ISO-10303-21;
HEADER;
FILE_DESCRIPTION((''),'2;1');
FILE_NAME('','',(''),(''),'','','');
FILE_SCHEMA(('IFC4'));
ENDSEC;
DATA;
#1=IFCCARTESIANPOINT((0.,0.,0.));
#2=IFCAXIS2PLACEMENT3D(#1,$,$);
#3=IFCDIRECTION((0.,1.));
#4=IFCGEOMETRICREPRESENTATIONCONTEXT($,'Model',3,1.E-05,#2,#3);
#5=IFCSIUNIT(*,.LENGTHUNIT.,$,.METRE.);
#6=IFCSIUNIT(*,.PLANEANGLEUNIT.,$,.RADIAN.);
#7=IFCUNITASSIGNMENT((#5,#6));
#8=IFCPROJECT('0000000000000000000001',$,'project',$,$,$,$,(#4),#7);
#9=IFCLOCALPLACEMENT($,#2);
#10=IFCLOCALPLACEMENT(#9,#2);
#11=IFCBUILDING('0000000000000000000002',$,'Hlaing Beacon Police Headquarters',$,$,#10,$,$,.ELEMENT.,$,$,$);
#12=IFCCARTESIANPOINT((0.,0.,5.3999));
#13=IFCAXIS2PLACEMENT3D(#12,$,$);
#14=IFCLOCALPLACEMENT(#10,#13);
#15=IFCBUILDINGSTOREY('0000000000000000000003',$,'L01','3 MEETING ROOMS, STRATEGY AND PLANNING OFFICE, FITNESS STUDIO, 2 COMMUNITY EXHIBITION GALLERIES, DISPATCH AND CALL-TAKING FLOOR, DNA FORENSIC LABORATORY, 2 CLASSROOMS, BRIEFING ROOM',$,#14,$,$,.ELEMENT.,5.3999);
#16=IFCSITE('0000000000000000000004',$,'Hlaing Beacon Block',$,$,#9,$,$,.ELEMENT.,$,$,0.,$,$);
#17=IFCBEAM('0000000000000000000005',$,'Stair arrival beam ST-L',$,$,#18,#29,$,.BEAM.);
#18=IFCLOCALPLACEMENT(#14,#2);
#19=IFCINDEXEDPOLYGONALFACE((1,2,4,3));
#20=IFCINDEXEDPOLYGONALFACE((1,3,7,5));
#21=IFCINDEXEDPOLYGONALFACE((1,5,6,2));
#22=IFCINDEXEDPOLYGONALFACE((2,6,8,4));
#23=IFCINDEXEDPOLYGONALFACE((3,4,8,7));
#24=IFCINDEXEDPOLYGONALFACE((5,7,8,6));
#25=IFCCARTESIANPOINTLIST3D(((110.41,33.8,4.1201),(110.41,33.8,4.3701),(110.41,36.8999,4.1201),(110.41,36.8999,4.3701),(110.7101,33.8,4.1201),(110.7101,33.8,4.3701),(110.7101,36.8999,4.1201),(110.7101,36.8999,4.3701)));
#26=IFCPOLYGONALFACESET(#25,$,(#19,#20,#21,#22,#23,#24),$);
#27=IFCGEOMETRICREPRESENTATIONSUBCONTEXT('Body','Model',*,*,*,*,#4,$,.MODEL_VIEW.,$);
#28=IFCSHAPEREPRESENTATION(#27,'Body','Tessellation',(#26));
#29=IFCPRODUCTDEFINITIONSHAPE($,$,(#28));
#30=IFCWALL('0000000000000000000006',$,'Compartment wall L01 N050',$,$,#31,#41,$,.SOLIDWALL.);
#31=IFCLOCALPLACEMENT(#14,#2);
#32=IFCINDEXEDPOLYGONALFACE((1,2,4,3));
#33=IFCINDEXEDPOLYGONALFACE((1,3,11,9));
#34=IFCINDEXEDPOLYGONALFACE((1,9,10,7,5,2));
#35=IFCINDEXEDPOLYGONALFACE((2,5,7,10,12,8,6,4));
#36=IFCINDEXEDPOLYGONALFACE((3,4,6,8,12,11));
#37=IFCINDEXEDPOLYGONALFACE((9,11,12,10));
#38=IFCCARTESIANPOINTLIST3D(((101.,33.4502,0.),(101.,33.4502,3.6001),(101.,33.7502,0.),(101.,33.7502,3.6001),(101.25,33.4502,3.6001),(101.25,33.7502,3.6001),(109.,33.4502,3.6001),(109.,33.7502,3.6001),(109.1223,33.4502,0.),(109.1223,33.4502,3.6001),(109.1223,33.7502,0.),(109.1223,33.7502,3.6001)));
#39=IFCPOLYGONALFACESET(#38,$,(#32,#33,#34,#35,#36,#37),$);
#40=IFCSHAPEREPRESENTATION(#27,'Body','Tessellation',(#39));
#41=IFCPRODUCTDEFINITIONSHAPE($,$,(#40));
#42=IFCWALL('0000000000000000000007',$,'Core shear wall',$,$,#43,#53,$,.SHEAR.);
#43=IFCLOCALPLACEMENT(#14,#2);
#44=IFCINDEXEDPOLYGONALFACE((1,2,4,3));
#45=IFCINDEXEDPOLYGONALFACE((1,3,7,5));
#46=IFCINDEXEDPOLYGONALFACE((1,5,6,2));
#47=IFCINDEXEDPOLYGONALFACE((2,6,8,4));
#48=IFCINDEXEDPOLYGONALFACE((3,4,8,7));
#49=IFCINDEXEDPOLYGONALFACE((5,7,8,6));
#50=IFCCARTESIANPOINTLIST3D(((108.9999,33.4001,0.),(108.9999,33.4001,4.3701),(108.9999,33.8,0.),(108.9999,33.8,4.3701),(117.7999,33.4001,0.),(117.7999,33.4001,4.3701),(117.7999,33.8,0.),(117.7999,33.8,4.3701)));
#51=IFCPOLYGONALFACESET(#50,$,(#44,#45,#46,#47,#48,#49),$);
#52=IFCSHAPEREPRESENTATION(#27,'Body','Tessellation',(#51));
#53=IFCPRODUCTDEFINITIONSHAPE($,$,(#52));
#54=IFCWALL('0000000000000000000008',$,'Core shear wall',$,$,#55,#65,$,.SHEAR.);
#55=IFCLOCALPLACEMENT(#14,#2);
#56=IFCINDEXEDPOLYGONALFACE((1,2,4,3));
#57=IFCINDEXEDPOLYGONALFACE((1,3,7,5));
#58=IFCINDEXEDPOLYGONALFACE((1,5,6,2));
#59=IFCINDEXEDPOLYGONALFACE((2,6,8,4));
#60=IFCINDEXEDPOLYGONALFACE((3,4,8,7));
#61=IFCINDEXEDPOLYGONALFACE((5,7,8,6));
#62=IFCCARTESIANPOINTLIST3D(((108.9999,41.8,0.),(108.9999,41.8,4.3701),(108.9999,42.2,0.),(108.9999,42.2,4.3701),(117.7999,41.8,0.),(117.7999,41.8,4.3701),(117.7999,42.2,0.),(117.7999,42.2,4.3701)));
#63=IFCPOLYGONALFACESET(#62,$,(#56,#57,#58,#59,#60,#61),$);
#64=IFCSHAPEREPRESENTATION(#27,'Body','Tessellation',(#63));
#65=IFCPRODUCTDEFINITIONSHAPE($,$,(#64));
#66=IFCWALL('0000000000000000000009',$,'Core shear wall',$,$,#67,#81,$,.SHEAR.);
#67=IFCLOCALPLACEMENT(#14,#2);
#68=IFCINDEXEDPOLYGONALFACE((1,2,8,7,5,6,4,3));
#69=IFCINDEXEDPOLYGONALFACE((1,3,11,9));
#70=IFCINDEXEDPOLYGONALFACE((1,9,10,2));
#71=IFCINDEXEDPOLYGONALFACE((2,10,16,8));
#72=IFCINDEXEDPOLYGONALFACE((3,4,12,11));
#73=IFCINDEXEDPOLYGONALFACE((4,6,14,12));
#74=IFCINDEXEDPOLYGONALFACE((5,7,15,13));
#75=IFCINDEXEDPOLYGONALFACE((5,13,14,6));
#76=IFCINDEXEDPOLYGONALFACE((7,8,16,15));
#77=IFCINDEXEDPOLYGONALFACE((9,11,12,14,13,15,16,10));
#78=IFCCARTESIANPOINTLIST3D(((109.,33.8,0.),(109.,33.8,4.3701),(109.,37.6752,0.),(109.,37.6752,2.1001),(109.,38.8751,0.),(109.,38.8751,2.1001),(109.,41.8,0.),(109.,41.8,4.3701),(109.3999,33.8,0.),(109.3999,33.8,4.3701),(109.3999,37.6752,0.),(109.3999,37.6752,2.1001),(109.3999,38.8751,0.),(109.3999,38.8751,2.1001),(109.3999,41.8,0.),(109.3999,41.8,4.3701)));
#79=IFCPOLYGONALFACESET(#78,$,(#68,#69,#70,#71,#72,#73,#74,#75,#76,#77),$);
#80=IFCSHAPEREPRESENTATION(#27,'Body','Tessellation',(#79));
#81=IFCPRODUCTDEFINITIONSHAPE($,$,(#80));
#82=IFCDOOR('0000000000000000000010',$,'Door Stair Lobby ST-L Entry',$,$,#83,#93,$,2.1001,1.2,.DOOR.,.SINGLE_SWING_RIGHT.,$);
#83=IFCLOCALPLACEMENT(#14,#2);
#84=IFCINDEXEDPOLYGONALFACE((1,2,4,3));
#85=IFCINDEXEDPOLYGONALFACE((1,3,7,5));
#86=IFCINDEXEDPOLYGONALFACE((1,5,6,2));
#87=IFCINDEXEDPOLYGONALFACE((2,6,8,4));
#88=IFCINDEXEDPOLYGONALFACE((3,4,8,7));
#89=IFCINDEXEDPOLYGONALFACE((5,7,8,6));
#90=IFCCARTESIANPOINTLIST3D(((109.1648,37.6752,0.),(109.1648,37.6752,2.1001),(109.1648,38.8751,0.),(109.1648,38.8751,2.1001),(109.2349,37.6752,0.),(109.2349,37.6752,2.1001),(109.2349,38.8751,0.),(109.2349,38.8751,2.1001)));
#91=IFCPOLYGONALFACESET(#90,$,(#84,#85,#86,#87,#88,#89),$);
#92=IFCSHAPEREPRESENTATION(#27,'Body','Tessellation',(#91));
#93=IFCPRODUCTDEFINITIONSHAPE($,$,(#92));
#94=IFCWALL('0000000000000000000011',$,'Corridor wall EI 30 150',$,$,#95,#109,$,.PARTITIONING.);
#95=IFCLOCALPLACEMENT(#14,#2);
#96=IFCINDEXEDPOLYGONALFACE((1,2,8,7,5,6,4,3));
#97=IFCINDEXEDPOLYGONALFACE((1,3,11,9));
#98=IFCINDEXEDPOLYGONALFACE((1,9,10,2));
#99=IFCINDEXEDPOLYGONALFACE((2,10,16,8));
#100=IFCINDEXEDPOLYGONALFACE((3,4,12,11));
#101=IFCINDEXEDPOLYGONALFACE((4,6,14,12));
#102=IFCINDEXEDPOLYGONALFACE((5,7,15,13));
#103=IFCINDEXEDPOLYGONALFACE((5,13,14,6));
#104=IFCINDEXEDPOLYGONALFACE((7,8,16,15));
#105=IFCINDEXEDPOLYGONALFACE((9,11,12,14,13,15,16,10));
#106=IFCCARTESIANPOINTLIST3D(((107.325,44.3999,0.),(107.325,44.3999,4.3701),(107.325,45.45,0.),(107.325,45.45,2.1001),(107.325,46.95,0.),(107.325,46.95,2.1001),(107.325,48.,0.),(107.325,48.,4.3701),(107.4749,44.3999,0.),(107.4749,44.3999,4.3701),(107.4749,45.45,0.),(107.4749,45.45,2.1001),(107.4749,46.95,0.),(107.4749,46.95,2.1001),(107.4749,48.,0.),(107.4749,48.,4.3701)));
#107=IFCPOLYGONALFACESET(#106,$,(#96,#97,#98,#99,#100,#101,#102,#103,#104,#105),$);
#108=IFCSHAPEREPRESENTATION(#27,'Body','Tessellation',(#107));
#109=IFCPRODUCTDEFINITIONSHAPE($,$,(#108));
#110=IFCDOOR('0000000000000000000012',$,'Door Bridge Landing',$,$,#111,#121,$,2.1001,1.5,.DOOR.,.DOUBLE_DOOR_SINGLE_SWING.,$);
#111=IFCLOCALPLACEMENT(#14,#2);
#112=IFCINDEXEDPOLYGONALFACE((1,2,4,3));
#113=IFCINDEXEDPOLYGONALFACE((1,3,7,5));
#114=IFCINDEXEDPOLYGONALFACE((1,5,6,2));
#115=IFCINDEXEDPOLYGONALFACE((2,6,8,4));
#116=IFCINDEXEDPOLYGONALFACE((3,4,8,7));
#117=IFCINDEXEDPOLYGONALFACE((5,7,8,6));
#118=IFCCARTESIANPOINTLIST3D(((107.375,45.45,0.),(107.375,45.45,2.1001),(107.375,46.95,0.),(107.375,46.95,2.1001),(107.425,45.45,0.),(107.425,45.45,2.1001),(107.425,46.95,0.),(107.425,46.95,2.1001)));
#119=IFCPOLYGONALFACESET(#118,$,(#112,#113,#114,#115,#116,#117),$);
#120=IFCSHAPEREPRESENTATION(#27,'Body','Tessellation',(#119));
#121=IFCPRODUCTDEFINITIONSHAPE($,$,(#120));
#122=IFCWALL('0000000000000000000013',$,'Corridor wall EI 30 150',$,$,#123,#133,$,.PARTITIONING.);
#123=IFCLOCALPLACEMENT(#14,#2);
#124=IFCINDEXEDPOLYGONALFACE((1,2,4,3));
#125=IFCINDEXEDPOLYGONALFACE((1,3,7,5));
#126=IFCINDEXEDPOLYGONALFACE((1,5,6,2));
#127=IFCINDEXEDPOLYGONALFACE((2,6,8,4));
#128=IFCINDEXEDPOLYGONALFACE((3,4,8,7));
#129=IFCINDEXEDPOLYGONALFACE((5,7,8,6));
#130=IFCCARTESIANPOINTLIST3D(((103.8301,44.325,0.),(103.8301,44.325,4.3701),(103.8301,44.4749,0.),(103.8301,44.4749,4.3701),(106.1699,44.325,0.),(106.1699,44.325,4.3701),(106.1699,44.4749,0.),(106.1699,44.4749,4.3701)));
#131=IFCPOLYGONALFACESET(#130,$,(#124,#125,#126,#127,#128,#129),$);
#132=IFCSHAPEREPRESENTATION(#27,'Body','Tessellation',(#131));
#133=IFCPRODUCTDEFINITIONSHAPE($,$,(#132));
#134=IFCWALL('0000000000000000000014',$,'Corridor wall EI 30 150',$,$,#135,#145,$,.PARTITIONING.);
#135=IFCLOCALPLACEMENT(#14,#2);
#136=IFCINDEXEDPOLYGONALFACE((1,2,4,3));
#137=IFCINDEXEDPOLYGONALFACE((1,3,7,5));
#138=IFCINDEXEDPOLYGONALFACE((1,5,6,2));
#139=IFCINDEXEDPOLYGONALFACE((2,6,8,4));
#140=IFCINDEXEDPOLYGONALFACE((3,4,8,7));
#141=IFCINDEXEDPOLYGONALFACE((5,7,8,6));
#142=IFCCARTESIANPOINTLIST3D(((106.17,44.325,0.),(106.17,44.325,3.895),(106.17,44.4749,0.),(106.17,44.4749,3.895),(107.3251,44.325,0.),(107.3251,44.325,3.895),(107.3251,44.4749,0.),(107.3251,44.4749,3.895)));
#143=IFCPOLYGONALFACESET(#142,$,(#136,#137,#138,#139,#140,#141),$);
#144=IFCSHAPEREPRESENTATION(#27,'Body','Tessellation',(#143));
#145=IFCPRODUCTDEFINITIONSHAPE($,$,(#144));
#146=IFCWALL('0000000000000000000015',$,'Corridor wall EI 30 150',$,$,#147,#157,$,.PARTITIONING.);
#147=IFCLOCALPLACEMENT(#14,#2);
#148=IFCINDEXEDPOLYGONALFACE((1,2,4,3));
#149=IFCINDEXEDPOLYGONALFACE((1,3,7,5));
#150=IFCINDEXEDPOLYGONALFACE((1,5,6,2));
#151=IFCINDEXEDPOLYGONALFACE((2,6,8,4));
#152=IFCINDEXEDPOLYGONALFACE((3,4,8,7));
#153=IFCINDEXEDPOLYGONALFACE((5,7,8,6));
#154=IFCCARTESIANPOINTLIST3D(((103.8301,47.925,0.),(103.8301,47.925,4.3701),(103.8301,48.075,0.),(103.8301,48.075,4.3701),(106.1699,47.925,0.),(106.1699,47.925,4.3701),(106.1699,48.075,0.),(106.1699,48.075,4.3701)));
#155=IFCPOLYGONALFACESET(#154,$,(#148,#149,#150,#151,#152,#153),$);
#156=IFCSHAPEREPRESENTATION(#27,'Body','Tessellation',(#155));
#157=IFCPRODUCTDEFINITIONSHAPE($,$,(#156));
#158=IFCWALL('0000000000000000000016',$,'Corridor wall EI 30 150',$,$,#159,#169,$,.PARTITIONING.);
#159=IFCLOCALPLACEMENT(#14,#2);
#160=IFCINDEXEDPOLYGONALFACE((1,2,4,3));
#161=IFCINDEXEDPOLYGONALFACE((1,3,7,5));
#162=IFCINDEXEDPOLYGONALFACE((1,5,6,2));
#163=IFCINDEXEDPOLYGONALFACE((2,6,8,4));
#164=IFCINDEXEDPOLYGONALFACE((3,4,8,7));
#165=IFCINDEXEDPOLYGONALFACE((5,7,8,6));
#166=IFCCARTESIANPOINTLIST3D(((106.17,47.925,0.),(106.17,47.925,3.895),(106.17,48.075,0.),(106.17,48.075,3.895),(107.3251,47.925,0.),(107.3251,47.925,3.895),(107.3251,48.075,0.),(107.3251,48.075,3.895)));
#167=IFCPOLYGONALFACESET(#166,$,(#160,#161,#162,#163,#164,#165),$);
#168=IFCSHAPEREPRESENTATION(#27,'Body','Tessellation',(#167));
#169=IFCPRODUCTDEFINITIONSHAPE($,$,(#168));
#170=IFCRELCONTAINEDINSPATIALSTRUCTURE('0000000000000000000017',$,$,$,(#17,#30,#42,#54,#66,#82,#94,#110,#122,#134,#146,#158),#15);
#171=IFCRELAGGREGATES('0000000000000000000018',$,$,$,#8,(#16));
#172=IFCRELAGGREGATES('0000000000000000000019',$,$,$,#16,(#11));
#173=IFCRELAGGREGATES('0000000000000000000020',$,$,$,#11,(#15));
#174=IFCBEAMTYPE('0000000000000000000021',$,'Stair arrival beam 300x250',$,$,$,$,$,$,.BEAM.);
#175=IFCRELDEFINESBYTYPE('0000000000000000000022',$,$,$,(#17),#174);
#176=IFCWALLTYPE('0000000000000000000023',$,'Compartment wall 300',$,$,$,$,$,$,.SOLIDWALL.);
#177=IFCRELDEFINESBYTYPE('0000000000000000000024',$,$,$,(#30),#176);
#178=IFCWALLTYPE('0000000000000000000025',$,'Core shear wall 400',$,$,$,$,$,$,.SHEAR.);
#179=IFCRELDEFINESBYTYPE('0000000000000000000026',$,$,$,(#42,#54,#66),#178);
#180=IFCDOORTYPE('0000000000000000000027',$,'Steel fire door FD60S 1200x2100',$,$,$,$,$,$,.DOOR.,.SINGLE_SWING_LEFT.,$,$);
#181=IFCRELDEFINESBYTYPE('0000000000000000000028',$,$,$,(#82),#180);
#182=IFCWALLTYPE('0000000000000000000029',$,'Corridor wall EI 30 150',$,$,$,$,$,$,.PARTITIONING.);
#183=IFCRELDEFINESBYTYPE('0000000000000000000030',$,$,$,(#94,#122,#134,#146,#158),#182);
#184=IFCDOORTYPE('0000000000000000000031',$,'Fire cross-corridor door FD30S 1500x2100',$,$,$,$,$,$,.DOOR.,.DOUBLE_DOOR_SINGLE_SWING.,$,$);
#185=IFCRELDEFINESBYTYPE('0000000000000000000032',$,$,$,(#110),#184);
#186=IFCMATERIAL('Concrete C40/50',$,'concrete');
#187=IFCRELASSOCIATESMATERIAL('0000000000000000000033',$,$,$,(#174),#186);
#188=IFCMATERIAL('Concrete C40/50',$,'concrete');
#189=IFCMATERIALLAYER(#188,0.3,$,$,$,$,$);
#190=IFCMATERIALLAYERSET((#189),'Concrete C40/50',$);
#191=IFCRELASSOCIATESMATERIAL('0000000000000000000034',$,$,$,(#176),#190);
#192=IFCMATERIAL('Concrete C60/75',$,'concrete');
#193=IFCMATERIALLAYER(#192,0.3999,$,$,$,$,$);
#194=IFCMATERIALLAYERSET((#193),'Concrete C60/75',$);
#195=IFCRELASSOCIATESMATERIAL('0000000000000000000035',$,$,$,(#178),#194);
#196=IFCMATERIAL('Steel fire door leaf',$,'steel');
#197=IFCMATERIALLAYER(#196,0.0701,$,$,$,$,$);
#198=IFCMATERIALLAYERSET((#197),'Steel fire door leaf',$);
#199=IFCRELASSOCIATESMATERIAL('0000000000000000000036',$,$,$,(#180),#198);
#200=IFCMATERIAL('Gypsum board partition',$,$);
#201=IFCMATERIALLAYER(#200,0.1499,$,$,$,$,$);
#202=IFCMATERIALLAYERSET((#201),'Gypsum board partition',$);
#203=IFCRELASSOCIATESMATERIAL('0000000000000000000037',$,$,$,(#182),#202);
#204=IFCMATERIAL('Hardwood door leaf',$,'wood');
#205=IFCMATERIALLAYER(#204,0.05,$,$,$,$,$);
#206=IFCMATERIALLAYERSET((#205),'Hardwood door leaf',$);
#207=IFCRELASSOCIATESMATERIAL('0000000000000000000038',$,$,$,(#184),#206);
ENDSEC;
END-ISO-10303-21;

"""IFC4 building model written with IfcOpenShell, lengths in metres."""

from ifc_helpers import new_model, si_unit, direction, frame, frame_2d, origin, origin_2d, place, context, subcontext, project, spatial, polyline, rectangle, outline, extrude, material, layer, layer_set, material_profile, profile_set, type_object, element, fill, save


model = new_model("IFC4")

# Units and contexts
model_context = context("Model", 3, precision=1e-05, world=origin(), true_north=direction((0.0, 1.0)))
body_context = subcontext(model_context, "Body", "Model", "MODEL_VIEW")
ifc_project = project(units=[si_unit("LENGTHUNIT", "METRE"), si_unit("PLANEANGLEUNIT", "RADIAN")], contexts=[model_context])

# Site, building, storey
site_placement = place(None, origin())
site = spatial("IfcSite", under=ifc_project, at=site_placement, Name="Hlaing Beacon Block", CompositionType="ELEMENT", RefElevation=0.0)
building_placement = place(site_placement, origin())
building = spatial("IfcBuilding", under=site, at=building_placement, Name="Hlaing Beacon Police Headquarters", CompositionType="ELEMENT")
storey_placement = place(building_placement, frame((0.0, 0.0, 5.3999)))
storey = spatial("IfcBuildingStorey", under=building, at=storey_placement, Name="L01", Description="3 MEETING ROOMS, STRATEGY AND PLANNING OFFICE, FITNESS STUDIO, 2 COMMUNITY EXHIBITION GALLERIES, DISPATCH AND CALL-TAKING FLOOR, DNA FORENSIC LABORATORY, 2 CLASSROOMS, BRIEFING ROOM", CompositionType="ELEMENT", Elevation=5.3999)

# Beam
ifc_material_1 = material(Name="Concrete C40/50", Category="concrete")
ifc_material_profile = material_profile(ifc_material_1, rectangle(XDim=0.3, YDim=0.25, at=origin_2d()), Name="Stair arrival beam 300x250")
ifc_profile_set = profile_set([ifc_material_profile], Name="Concrete C40/50")
beam_type = type_object("IfcBeamType", Name="Stair arrival beam 300x250", PredefinedType="BEAM", material=ifc_profile_set)
beam_placement = place(storey_placement, frame((110.5601, 33.8, 4.2451), z_axis=(0.0, 1.0, 0.0), x_axis=(-1.0, 0.0, 0.0)))
element("IfcBeam", 1, at=beam_placement, inside=storey, type_object=beam_type, Name="Stair arrival beam ST-L", PredefinedType="BEAM", context=body_context, shape_type="SweptSolid", body=[
    extrude(rectangle(XDim=0.3, YDim=0.25, at=origin_2d()), origin(), (0.0, 0.0, 1.0), 3.0999),
])

# Walls
ifc_material_2 = material(Name="Concrete C40/50", Category="concrete")
ifc_layer_1 = layer(ifc_material_2, 0.3)
ifc_layer_set_1 = layer_set([ifc_layer_1], Name="Concrete C40/50")
wall_type_1 = type_object("IfcWallType", Name="Compartment wall 300", PredefinedType="SOLIDWALL", material=ifc_layer_set_1)
wall_1_placement = place(storey_placement, frame((109.1223, 33.6001, 0.0), z_axis=(0.0, 0.0, 1.0), x_axis=(-1.0, 0.0, 0.0)))
element("IfcWall", 2, at=wall_1_placement, inside=storey, type_object=wall_type_1, Name="Compartment wall L01 N050", PredefinedType="SOLIDWALL", context=body_context, shape_type="SweptSolid", body=[
    extrude(outline(polyline([(0.0, 0.0), (8.1223, 0.0), (8.1223, 3.6001), (7.8723, 3.6001), (0.1223, 3.6001), (0.0, 3.6001), (0.0, 0.0)])), frame((0.0, 0.1499, 0.0), z_axis=(0.0, -1.0, 0.0), x_axis=(1.0, 0.0, 0.0)), (0.0, 0.0, 1.0), 0.3),
])
ifc_material_3 = material(Name="Concrete C60/75", Category="concrete")
ifc_layer_2 = layer(ifc_material_3, 0.3999)
ifc_layer_set_2 = layer_set([ifc_layer_2], Name="Concrete C60/75")
wall_type_2 = type_object("IfcWallType", Name="Core shear wall 400", PredefinedType="SHEAR", material=ifc_layer_set_2)
for number, where, z_axis, x_axis, name in (
    (3, (109.0, 33.6001, 0.0), (0.0, 0.0, 1.0), (1.0, 0.0, 0.0), "Core shear wall"),
    (4, (109.0, 42.0, 0.0), (0.0, 0.0, 1.0), (1.0, 0.0, 0.0), "Core shear wall"),
):
    element("IfcWall", number, at=place(storey_placement, frame(where, z_axis=z_axis, x_axis=x_axis)), inside=storey, type_object=wall_type_2, Name=name, PredefinedType="SHEAR", context=body_context, shape_type="SweptSolid", body=[
        extrude(rectangle(XDim=8.8, YDim=0.3999, at=frame_2d((4.3999, 0.0))), origin(), (0.0, 0.0, 1.0), 4.3701),
    ])

# Walls, openings, doors
wall_2_placement = place(storey_placement, frame((109.2, 33.8, 0.0), z_axis=(0.0, 0.0, 1.0), x_axis=(0.0, 1.0, 0.0)))
wall_2 = element("IfcWall", 5, at=wall_2_placement, inside=storey, type_object=wall_type_2, Name="Core shear wall", PredefinedType="SHEAR", context=body_context, shape_type="SweptSolid", body=[
    extrude(rectangle(XDim=8.0, YDim=0.3999, at=frame_2d((4.0, 0.0))), origin(), (0.0, 0.0, 1.0), 4.3701),
])
opening_1_placement = place(wall_2_placement, frame((3.875, 0.0, 0.0)))
opening_1 = element("IfcOpeningElement", 6, at=opening_1_placement, cuts=wall_2, PredefinedType="OPENING", context=body_context, shape_type="SweptSolid", body=[
    extrude(rectangle(XDim=1.2, YDim=2.1001, at=frame_2d((0.6001, 1.05))), frame((0.0, 0.21, 0.0), z_axis=(0.0, -1.0, 0.0), x_axis=(1.0, 0.0, 0.0)), (0.0, 0.0, 1.0), 0.4199),
])
ifc_material_4 = material(Name="Steel fire door leaf", Category="steel")
ifc_layer_3 = layer(ifc_material_4, 0.0701)
ifc_layer_set_3 = layer_set([ifc_layer_3], Name="Steel fire door leaf")
door_type_1 = type_object("IfcDoorType", Name="Steel fire door FD60S 1200x2100", OperationType="SINGLE_SWING_LEFT", PredefinedType="DOOR", material=ifc_layer_set_3)
door_1_placement = place(opening_1_placement, frame((1.2, 0.0, 0.0), z_axis=(0.0, 0.0, 1.0), x_axis=(-1.0, 0.0, 0.0)))
door_1 = element("IfcDoor", 7, at=door_1_placement, inside=storey, type_object=door_type_1, Name="Door Stair Lobby ST-L Entry", OperationType="SINGLE_SWING_RIGHT", OverallHeight=2.1001, OverallWidth=1.2, PredefinedType="DOOR", context=body_context, shape_type="SweptSolid", body=[
    extrude(rectangle(XDim=1.2, YDim=2.1001, at=frame_2d((0.5999, 1.05))), frame((0.0, 0.0349, 0.0), z_axis=(0.0, -1.0, 0.0), x_axis=(1.0, 0.0, 0.0)), (0.0, 0.0, 1.0), 0.0701),
])
fill(opening_1, door_1)
ifc_material_5 = material(Name="Gypsum board partition")
ifc_layer_4 = layer(ifc_material_5, 0.1499)
ifc_layer_set_4 = layer_set([ifc_layer_4], Name="Gypsum board partition")
wall_type_3 = type_object("IfcWallType", Name="Corridor wall EI 30 150", PredefinedType="PARTITIONING", material=ifc_layer_set_4)
wall_3_placement = place(storey_placement, frame((107.3999, 44.3999, 0.0), z_axis=(0.0, 0.0, 1.0), x_axis=(0.0, 1.0, 0.0)))
wall_3 = element("IfcWall", 8, at=wall_3_placement, inside=storey, type_object=wall_type_3, Name="Corridor wall EI 30 150", PredefinedType="PARTITIONING", context=body_context, shape_type="SweptSolid", body=[
    extrude(rectangle(XDim=3.6001, YDim=0.1499, at=frame_2d((1.8, 0.0))), origin(), (0.0, 0.0, 1.0), 4.3701),
])
opening_2_placement = place(wall_3_placement, frame((1.05, 0.0, 0.0)))
opening_2 = element("IfcOpeningElement", 9, at=opening_2_placement, cuts=wall_3, PredefinedType="OPENING", context=body_context, shape_type="SweptSolid", body=[
    extrude(rectangle(XDim=1.5, YDim=2.1001, at=frame_2d((0.75, 1.05))), frame((0.0, 0.085, 0.0), z_axis=(0.0, -1.0, 0.0), x_axis=(1.0, 0.0, 0.0)), (0.0, 0.0, 1.0), 0.1699),
])
ifc_material_6 = material(Name="Hardwood door leaf", Category="wood")
ifc_layer_5 = layer(ifc_material_6, 0.05)
ifc_layer_set_5 = layer_set([ifc_layer_5], Name="Hardwood door leaf")
door_type_2 = type_object("IfcDoorType", Name="Fire cross-corridor door FD30S 1500x2100", OperationType="DOUBLE_DOOR_SINGLE_SWING", PredefinedType="DOOR", material=ifc_layer_set_5)
door_2_placement = place(opening_2_placement, origin())
door_2 = element("IfcDoor", 10, at=door_2_placement, inside=storey, type_object=door_type_2, Name="Door Bridge Landing", OperationType="DOUBLE_DOOR_SINGLE_SWING", OverallHeight=2.1001, OverallWidth=1.5, PredefinedType="DOOR", context=body_context, shape_type="SweptSolid", body=[
    extrude(rectangle(XDim=1.5, YDim=2.1001, at=frame_2d((0.75, 1.05))), frame((0.0, 0.0249, 0.0), z_axis=(0.0, -1.0, 0.0), x_axis=(1.0, 0.0, 0.0)), (0.0, 0.0, 1.0), 0.05),
])
fill(opening_2, door_2)

# Walls
wall_4_placement = place(storey_placement, frame((103.8301, 44.3999, 0.0), z_axis=(0.0, 0.0, 1.0), x_axis=(1.0, 0.0, 0.0)))
element("IfcWall", 11, at=wall_4_placement, inside=storey, type_object=wall_type_3, Name="Corridor wall EI 30 150", PredefinedType="PARTITIONING", context=body_context, shape_type="SweptSolid", body=[
    extrude(rectangle(XDim=2.3398, YDim=0.1499, at=frame_2d((1.1699, 0.0))), origin(), (0.0, 0.0, 1.0), 4.3701),
])
wall_5_placement = place(storey_placement, frame((106.1699, 44.3999, 0.0), z_axis=(0.0, 0.0, 1.0), x_axis=(1.0, 0.0, 0.0)))
element("IfcWall", 12, at=wall_5_placement, inside=storey, type_object=wall_type_3, Name="Corridor wall EI 30 150", PredefinedType="PARTITIONING", context=body_context, shape_type="SweptSolid", body=[
    extrude(rectangle(XDim=1.155, YDim=0.1499, at=frame_2d((0.5776, 0.0))), origin(), (0.0, 0.0, 1.0), 3.895),
])
wall_6_placement = place(storey_placement, frame((103.8301, 48.0, 0.0), z_axis=(0.0, 0.0, 1.0), x_axis=(1.0, 0.0, 0.0)))
element("IfcWall", 13, at=wall_6_placement, inside=storey, type_object=wall_type_3, Name="Corridor wall EI 30 150", PredefinedType="PARTITIONING", context=body_context, shape_type="SweptSolid", body=[
    extrude(rectangle(XDim=2.3398, YDim=0.1499, at=frame_2d((1.1699, 0.0))), origin(), (0.0, 0.0, 1.0), 4.3701),
])
wall_7_placement = place(storey_placement, frame((106.1699, 48.0, 0.0), z_axis=(0.0, 0.0, 1.0), x_axis=(1.0, 0.0, 0.0)))
element("IfcWall", 14, at=wall_7_placement, inside=storey, type_object=wall_type_3, Name="Corridor wall EI 30 150", PredefinedType="PARTITIONING", context=body_context, shape_type="SweptSolid", body=[
    extrude(rectangle(XDim=1.155, YDim=0.1499, at=frame_2d((0.5776, 0.0))), origin(), (0.0, 0.0, 1.0), 3.895),
])

save(model, "model.ifc")
